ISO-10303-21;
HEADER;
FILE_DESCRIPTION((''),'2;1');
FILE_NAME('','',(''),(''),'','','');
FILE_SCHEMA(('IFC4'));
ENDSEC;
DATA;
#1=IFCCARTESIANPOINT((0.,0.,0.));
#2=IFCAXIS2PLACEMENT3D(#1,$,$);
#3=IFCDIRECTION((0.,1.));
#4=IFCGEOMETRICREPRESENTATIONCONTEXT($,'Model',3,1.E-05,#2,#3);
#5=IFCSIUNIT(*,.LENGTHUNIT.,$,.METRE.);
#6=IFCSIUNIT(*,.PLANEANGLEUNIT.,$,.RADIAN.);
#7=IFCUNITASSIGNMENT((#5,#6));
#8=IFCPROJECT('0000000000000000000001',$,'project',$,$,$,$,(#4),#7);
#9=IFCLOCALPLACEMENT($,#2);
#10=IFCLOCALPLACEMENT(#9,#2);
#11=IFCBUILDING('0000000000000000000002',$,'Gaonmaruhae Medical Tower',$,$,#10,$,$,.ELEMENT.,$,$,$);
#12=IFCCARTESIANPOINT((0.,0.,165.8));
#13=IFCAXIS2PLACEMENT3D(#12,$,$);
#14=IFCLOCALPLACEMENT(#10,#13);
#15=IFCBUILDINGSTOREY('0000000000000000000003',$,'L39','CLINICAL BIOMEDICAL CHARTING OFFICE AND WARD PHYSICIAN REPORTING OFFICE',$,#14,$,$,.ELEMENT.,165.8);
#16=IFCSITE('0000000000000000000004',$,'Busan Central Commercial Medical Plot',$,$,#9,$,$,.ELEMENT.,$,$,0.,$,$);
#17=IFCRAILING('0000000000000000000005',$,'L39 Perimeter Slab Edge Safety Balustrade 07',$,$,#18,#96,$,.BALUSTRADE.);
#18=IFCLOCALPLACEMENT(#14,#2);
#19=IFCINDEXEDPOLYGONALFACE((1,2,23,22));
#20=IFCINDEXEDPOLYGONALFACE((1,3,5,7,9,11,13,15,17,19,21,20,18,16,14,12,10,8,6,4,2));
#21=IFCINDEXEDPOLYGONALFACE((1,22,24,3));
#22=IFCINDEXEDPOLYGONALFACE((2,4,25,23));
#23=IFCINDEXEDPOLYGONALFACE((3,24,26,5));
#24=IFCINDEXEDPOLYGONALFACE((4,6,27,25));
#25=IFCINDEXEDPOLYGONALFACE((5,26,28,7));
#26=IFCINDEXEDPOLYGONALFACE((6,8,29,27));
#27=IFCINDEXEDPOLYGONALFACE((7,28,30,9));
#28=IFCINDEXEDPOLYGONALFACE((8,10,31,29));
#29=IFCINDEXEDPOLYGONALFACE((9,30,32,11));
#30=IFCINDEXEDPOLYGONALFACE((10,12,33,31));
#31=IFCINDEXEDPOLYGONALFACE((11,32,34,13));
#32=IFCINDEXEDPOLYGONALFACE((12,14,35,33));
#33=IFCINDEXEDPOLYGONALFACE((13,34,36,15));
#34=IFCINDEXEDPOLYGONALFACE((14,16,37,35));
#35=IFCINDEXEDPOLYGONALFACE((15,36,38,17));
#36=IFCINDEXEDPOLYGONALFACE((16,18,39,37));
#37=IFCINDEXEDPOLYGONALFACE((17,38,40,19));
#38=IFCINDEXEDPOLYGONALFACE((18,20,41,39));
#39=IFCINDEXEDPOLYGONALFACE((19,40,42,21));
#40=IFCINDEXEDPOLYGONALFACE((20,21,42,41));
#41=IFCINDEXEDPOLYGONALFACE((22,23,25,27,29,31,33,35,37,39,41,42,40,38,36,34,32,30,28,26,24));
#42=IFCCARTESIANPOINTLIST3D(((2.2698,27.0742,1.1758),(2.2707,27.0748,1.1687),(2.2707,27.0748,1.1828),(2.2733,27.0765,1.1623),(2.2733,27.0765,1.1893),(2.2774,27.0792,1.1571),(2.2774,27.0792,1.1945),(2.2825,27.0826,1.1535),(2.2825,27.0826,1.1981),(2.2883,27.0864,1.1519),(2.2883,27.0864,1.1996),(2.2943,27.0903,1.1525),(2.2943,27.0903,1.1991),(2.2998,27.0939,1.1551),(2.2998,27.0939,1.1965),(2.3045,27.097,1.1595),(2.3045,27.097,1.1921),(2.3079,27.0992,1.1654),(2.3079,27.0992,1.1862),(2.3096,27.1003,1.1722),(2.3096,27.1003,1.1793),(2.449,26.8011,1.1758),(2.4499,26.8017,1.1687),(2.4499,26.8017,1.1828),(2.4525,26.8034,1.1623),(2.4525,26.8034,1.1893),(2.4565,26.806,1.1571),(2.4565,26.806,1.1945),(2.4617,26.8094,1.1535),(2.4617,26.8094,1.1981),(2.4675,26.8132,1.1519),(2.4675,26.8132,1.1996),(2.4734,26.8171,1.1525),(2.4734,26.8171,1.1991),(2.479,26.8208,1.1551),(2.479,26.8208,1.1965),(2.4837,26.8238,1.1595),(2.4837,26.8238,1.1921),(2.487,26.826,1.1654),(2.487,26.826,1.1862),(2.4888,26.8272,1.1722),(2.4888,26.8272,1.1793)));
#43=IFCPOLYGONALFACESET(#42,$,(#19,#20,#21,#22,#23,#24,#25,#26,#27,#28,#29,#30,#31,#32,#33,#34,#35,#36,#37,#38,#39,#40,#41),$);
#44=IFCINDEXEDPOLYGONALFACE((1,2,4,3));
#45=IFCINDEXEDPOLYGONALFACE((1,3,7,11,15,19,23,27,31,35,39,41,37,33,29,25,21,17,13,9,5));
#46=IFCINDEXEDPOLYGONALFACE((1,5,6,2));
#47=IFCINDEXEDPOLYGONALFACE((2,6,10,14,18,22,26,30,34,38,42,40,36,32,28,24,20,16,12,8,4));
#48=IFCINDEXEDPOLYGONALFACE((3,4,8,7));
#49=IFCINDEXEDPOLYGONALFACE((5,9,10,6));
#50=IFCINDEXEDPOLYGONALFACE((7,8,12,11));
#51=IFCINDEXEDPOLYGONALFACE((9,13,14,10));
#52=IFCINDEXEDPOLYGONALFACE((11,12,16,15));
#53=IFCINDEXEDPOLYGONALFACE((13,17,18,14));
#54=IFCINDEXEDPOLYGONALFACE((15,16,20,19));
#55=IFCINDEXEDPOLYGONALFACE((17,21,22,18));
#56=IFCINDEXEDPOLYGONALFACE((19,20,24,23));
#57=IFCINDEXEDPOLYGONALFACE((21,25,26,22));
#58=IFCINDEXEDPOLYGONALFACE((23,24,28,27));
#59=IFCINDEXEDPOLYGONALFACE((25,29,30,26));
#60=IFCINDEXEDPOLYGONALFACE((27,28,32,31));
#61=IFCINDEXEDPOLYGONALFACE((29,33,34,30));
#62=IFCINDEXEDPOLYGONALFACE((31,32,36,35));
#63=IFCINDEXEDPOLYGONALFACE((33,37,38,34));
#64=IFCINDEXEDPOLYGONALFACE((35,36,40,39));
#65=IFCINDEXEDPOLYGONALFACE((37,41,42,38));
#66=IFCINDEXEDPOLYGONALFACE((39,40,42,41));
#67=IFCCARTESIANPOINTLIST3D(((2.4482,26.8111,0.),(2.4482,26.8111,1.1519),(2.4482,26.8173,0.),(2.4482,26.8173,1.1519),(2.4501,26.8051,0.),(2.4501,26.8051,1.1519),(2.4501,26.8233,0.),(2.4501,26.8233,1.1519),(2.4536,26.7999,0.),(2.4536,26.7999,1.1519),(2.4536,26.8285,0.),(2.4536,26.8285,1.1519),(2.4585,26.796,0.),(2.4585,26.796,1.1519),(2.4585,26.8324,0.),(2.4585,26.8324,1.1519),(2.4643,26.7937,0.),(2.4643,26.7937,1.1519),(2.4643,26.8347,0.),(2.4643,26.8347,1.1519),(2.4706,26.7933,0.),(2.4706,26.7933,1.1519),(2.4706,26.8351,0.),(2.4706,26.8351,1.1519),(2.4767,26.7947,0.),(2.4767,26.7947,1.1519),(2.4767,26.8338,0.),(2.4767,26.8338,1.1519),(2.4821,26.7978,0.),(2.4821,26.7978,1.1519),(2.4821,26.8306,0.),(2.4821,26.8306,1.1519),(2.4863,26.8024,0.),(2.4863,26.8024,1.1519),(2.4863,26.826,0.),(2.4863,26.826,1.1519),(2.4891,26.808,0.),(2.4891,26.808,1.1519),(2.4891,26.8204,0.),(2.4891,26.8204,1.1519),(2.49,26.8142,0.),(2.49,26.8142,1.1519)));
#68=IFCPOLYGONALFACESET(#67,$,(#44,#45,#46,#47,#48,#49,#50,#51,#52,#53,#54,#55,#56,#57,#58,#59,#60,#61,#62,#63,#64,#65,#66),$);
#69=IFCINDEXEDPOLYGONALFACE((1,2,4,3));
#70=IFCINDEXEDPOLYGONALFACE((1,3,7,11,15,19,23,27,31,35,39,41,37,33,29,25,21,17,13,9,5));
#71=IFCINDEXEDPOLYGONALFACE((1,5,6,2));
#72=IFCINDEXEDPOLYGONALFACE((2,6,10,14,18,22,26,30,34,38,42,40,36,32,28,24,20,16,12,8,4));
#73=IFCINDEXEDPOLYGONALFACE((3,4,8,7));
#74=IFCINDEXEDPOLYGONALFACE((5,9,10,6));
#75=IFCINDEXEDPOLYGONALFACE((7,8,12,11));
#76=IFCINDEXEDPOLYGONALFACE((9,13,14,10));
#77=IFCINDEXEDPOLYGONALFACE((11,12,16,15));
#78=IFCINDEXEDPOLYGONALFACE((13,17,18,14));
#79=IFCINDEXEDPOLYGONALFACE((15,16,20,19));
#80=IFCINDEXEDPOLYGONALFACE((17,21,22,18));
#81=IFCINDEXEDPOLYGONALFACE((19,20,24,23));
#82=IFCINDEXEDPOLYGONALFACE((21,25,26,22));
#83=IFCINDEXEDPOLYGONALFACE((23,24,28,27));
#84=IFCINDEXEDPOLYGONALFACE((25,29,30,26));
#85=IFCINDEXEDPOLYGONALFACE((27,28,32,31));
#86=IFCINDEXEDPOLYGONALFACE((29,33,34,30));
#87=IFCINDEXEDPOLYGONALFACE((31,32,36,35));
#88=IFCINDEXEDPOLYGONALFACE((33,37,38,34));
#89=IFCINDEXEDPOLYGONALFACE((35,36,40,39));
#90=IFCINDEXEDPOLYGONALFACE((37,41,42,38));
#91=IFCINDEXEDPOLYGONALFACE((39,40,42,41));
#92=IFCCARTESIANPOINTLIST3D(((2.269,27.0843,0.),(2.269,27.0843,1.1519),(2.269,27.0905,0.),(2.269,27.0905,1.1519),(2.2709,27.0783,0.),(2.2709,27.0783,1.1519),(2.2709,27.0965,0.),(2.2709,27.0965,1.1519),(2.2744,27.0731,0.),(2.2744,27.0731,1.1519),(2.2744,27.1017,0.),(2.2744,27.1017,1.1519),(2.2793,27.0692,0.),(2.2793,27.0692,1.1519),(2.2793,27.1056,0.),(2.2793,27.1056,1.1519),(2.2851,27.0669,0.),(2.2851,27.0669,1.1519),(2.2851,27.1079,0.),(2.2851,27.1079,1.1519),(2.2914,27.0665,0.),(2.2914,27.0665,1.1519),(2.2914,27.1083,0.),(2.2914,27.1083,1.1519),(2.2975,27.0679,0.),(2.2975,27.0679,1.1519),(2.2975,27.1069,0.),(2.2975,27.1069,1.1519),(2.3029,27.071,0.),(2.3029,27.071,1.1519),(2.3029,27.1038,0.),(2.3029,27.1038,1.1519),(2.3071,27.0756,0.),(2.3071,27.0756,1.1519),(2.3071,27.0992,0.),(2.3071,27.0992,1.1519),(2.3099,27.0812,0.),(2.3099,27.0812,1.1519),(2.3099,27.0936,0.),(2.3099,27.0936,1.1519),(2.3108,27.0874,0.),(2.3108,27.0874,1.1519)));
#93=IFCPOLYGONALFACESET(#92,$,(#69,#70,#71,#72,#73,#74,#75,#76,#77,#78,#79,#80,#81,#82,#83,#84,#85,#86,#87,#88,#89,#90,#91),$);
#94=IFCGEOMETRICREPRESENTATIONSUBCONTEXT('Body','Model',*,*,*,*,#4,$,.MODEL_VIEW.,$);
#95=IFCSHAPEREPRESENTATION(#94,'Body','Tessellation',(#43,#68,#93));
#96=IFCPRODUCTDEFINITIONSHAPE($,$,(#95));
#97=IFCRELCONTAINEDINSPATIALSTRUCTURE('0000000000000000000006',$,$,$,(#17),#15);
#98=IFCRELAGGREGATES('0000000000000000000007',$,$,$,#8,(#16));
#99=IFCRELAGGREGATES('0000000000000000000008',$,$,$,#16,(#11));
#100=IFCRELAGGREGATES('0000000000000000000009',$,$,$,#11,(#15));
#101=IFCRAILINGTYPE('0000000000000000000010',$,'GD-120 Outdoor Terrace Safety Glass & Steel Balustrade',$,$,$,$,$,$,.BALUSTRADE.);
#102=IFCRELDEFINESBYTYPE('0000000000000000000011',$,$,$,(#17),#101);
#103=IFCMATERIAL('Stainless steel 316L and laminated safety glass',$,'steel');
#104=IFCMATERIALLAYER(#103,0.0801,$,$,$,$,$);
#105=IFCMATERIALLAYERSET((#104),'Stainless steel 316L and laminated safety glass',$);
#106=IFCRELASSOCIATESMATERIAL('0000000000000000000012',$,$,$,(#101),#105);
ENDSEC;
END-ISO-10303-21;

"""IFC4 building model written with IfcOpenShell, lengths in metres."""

from ifc_helpers import new_model, si_unit, direction, frame, origin, origin_2d, place, context, subcontext, project, spatial, circle, extrude, material, layer, layer_set, type_object, element, save


model = new_model("IFC4")

# Units and contexts
model_context = context("Model", 3, precision=1e-05, world=origin(), true_north=direction((0.0, 1.0)))
body_context = subcontext(model_context, "Body", "Model", "MODEL_VIEW")
ifc_project = project(units=[si_unit("LENGTHUNIT", "METRE"), si_unit("PLANEANGLEUNIT", "RADIAN")], contexts=[model_context])

# Site, building, storey
site_placement = place(None, origin())
site = spatial("IfcSite", under=ifc_project, at=site_placement, Name="Busan Central Commercial Medical Plot", CompositionType="ELEMENT", RefElevation=0.0)
building_placement = place(site_placement, origin())
building = spatial("IfcBuilding", under=site, at=building_placement, Name="Gaonmaruhae Medical Tower", CompositionType="ELEMENT")
storey_placement = place(building_placement, frame((0.0, 0.0, 165.8)))
storey = spatial("IfcBuildingStorey", under=building, at=storey_placement, Name="L39", Description="CLINICAL BIOMEDICAL CHARTING OFFICE AND WARD PHYSICIAN REPORTING OFFICE", CompositionType="ELEMENT", Elevation=165.8)

# Railing
ifc_material_1 = material(Name="Stainless steel 316L and laminated safety glass", Category="steel")
ifc_layer_1 = layer(ifc_material_1, 0.0801)
ifc_layer_set_1 = layer_set([ifc_layer_1], Name="Stainless steel 316L and laminated safety glass")
railing_type = type_object("IfcRailingType", Name="GD-120 Outdoor Terrace Safety Glass & Steel Balustrade", PredefinedType="BALUSTRADE", material=ifc_layer_set_1)
railing_1_placement = place(storey_placement, frame((2.469, 26.8142, 0.0)))
element("IfcRailing", 1, at=railing_1_placement, inside=storey, type_object=railing_type, Name="L39 Perimeter Slab Edge Safety Balustrade 07", PredefinedType="BALUSTRADE", context=body_context, shape_type="SweptSolid", body=[
    extrude(circle(Radius=0.0239, at=origin_2d()), frame((0.0, 0.0, 1.1758), z_axis=(-0.548477, 0.836166, 0.0), x_axis=(-0.836166, -0.548477, 0.0)), (0.0, 0.0, 1.0), 0.3267),
    extrude(circle(Radius=0.021, at=origin_2d()), origin(), (0.0, 0.0, 1.0), 1.1519),
    extrude(circle(Radius=0.021, at=origin_2d()), frame((-0.1792, 0.2732, 0.0)), (0.0, 0.0, 1.0), 1.1519),
])

save(model, "model.ifc")
